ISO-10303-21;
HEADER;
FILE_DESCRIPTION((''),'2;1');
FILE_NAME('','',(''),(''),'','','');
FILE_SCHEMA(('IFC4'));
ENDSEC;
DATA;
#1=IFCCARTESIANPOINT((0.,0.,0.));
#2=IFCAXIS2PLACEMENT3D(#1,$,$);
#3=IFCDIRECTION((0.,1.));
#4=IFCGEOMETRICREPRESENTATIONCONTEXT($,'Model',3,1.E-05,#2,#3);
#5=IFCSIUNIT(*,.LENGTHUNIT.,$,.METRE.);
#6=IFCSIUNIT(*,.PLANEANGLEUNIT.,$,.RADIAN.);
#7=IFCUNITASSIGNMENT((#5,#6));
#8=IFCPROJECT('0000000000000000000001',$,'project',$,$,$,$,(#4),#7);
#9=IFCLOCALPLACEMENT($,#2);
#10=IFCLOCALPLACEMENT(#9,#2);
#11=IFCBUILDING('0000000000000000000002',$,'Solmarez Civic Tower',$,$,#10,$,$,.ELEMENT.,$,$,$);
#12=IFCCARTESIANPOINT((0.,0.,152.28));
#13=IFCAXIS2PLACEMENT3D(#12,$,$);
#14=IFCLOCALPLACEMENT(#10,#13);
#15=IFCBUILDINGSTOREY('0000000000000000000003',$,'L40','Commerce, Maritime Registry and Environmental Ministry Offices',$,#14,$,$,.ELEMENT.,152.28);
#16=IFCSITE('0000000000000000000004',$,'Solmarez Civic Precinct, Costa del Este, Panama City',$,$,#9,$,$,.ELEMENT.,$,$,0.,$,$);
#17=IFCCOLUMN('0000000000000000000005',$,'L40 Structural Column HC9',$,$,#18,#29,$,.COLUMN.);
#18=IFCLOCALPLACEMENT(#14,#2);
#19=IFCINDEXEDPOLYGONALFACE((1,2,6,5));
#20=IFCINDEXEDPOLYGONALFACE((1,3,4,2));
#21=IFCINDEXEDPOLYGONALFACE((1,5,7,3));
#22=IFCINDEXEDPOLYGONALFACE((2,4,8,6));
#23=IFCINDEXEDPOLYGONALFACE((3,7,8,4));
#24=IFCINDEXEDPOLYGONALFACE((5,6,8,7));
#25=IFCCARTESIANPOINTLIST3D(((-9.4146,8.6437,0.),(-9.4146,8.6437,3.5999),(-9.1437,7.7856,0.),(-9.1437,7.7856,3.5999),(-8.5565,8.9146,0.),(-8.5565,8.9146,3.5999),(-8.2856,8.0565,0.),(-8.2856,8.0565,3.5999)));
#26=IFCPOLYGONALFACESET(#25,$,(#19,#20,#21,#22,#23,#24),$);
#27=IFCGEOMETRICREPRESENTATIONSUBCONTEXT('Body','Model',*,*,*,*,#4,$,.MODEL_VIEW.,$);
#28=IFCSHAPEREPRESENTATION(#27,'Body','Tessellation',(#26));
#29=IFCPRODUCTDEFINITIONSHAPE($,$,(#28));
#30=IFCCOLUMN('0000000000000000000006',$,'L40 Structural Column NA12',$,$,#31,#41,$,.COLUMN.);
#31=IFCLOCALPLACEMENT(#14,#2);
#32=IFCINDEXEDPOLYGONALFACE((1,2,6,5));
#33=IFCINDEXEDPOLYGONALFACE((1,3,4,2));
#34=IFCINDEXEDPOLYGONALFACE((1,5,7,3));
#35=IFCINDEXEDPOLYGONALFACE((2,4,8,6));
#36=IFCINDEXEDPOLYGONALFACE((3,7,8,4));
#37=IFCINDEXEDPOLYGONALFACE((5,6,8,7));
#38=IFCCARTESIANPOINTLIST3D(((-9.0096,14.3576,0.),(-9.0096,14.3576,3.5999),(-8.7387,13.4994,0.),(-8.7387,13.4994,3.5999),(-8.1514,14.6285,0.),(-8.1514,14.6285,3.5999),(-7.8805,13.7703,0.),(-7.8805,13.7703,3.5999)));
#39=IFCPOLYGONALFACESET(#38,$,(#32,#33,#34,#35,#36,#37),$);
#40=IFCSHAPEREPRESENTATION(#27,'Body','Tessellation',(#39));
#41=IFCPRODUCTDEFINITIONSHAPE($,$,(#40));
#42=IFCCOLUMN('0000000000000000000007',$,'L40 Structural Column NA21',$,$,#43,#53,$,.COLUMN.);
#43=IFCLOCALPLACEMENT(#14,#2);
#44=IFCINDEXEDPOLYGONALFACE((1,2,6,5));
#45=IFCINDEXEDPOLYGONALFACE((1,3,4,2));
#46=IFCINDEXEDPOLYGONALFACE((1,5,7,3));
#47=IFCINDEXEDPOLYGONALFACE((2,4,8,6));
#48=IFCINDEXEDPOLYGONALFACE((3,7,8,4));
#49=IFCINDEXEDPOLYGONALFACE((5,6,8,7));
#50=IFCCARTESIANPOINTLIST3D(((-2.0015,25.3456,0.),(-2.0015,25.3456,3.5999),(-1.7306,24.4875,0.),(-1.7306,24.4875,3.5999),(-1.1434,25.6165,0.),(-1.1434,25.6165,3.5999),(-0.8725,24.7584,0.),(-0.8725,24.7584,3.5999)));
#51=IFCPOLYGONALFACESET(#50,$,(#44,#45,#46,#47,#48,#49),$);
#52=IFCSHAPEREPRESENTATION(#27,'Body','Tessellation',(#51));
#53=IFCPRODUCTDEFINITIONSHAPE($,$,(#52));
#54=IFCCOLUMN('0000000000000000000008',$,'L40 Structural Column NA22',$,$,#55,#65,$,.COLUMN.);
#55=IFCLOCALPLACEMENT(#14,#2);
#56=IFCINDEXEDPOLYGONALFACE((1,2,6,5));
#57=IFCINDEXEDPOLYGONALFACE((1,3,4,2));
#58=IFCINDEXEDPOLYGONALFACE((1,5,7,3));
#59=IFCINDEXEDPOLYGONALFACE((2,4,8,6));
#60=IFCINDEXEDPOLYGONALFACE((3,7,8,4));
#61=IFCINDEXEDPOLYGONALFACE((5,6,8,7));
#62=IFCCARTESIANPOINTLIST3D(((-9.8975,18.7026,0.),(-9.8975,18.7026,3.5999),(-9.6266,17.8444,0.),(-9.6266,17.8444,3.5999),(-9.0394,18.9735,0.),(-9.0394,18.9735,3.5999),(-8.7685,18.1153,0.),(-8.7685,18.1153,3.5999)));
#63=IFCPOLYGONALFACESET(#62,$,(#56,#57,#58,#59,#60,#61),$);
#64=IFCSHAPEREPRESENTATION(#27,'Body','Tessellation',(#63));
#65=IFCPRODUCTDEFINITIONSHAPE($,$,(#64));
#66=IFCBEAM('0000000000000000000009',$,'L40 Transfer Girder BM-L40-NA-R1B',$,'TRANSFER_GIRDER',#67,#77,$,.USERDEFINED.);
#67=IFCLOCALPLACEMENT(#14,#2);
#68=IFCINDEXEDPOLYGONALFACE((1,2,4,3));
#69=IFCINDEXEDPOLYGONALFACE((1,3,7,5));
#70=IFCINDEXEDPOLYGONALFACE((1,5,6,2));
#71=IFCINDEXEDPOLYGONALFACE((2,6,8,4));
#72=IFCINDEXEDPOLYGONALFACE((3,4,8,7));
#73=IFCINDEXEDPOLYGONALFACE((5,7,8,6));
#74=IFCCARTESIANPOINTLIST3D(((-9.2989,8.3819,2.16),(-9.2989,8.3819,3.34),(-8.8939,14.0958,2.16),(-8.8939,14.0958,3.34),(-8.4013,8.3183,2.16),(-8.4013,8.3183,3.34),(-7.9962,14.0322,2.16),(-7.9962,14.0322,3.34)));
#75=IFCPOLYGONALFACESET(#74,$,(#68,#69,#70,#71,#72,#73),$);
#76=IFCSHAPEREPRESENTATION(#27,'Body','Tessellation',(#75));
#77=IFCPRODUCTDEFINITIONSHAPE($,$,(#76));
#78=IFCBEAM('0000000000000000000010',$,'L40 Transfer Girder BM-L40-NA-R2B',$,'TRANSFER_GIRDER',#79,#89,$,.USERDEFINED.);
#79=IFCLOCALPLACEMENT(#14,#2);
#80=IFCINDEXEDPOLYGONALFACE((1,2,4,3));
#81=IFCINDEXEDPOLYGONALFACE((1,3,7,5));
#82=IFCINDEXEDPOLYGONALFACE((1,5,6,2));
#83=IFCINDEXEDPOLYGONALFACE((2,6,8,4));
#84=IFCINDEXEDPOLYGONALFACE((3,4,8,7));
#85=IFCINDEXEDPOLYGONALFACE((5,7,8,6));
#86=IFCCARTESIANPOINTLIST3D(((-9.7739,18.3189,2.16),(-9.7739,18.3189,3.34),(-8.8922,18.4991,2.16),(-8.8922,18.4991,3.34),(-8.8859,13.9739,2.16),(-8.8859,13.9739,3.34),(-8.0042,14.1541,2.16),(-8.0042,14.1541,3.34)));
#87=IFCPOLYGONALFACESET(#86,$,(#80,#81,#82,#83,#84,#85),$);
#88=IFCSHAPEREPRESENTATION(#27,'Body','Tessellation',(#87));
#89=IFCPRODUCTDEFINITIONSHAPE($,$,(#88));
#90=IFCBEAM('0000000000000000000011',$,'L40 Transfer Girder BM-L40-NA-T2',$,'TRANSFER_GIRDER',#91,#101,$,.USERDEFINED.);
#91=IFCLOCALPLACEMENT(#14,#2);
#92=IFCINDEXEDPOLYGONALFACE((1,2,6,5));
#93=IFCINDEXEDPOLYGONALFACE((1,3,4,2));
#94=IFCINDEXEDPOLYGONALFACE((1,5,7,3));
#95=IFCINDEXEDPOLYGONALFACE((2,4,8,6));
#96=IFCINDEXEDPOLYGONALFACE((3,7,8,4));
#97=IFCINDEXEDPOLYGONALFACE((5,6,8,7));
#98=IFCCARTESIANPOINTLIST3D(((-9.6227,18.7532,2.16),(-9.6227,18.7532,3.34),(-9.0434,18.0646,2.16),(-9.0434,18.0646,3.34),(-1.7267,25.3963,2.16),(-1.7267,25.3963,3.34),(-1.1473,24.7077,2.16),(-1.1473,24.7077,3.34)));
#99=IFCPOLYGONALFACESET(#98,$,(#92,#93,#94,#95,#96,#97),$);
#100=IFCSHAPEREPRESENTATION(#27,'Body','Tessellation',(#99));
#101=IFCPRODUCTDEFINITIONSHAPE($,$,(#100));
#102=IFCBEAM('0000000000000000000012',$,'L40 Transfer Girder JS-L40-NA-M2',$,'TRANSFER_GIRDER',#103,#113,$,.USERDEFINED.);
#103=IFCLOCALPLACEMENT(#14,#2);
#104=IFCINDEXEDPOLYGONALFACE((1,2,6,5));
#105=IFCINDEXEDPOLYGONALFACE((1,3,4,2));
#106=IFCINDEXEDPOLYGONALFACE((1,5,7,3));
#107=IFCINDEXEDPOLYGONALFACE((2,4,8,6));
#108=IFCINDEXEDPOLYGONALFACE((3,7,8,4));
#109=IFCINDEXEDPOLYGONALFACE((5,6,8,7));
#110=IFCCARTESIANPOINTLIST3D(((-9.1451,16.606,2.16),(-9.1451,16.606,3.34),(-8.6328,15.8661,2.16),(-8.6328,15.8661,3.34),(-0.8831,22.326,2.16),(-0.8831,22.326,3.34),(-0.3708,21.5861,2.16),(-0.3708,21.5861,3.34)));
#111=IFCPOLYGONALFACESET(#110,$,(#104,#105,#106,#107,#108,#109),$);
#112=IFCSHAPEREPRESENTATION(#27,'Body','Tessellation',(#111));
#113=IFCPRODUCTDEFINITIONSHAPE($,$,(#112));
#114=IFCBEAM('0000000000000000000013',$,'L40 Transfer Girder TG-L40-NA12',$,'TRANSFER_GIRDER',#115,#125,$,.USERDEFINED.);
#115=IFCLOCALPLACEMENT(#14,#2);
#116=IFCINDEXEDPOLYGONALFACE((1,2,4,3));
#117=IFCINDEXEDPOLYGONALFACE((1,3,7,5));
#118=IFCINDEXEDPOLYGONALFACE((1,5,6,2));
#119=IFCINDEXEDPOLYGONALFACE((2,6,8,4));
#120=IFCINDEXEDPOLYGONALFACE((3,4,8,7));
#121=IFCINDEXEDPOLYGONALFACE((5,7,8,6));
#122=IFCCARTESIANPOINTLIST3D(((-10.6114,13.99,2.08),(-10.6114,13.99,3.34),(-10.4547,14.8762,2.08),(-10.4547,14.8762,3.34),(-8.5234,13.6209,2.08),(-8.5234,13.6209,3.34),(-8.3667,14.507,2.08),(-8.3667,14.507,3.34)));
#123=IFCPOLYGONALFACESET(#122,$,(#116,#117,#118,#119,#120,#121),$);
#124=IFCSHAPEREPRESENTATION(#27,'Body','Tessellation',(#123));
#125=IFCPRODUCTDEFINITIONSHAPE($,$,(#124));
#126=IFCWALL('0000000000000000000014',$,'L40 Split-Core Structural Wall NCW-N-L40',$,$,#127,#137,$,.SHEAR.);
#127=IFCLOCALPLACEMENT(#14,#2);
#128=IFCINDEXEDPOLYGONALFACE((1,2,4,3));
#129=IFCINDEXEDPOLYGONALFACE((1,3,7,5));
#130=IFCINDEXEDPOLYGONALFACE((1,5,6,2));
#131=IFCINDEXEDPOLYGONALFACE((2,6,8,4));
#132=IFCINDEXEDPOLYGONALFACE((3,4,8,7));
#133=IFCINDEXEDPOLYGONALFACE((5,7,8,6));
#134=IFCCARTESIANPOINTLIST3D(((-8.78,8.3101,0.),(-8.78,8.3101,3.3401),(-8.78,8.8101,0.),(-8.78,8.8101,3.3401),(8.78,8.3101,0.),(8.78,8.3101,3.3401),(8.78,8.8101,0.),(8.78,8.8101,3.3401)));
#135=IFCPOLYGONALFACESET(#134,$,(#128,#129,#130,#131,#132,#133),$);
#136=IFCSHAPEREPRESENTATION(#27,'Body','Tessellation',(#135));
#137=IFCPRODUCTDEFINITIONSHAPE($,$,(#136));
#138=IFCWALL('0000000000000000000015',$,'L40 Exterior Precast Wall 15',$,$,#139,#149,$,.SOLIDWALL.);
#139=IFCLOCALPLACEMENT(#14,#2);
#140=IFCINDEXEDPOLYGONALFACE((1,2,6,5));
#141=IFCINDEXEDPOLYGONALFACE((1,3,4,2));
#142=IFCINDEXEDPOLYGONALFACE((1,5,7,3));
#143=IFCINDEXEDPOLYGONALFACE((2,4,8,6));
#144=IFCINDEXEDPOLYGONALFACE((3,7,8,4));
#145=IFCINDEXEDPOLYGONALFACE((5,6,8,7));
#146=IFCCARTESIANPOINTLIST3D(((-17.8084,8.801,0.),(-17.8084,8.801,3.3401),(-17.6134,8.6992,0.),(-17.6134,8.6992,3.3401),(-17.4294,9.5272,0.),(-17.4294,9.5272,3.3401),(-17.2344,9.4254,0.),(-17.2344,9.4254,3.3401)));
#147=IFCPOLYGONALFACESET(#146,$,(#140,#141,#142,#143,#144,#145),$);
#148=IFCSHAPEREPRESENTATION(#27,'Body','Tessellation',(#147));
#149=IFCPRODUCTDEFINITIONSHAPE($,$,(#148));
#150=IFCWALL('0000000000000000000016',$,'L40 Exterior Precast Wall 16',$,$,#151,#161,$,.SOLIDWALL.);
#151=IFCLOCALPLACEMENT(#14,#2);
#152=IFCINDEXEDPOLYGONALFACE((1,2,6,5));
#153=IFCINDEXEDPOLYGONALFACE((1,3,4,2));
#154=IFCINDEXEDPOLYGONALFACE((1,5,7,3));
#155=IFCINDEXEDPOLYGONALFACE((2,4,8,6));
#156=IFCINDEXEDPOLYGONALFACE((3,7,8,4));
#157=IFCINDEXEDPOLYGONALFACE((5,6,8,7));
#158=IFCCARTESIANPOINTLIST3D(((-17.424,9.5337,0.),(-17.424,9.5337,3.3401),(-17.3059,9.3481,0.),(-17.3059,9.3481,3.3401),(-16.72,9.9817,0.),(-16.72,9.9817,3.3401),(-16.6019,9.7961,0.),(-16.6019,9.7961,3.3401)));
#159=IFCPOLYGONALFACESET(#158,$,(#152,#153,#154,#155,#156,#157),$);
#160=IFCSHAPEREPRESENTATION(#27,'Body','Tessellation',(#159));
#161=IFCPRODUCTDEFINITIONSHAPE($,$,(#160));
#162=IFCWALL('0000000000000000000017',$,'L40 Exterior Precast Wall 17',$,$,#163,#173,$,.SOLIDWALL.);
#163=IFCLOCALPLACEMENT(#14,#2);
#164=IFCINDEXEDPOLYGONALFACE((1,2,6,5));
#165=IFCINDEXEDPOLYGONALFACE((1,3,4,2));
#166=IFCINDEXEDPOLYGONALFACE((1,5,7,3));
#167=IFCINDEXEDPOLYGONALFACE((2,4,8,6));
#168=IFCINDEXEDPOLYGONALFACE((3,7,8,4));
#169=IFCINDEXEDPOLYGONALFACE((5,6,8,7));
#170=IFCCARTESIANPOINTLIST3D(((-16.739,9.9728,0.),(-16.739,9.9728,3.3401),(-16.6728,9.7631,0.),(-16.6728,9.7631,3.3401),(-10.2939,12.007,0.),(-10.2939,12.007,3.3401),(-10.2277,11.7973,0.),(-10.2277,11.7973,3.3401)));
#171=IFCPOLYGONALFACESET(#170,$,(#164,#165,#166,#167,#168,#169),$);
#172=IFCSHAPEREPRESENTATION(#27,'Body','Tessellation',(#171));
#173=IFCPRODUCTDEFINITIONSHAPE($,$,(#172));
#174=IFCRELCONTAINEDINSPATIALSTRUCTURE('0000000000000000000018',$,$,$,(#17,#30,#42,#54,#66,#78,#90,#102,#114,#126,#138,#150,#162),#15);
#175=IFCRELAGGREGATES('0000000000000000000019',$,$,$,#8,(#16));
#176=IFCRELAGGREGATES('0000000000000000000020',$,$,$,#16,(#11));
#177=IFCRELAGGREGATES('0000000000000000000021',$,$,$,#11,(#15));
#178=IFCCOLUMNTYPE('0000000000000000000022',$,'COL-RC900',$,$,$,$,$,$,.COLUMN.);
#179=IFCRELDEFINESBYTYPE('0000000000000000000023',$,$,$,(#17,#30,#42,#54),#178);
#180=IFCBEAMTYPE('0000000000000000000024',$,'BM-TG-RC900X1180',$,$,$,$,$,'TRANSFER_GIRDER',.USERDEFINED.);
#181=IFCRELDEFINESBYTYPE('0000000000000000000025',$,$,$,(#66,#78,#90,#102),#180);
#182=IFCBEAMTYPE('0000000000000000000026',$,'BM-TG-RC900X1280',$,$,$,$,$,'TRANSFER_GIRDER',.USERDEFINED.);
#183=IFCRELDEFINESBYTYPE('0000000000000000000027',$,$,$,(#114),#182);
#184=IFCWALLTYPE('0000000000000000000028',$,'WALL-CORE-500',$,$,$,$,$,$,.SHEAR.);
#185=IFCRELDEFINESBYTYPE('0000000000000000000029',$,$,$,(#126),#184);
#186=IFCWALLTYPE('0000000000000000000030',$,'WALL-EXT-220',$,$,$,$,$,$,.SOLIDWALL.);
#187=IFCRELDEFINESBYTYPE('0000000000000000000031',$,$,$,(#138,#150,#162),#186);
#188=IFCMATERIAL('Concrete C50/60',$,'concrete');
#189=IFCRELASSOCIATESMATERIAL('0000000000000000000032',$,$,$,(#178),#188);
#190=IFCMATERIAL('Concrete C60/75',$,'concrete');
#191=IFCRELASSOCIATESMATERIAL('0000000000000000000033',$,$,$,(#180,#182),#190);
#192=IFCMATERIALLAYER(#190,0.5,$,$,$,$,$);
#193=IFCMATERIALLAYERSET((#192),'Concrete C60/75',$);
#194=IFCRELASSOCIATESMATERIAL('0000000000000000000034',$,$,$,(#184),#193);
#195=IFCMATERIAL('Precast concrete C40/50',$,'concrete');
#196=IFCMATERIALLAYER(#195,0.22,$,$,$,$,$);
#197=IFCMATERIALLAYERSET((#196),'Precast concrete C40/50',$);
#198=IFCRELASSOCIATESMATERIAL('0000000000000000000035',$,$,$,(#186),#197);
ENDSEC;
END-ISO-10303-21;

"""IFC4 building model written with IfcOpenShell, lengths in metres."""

from ifc_helpers import new_model, si_unit, direction, frame, frame_2d, origin, origin_2d, place, context, subcontext, project, spatial, rectangle, extrude, material, layer, layer_set, material_profile, profile_set, type_object, element, save


model = new_model("IFC4")

# Units and contexts
model_context = context("Model", 3, precision=1e-05, world=origin(), true_north=direction((0.0, 1.0)))
body_context = subcontext(model_context, "Body", "Model", "MODEL_VIEW")
ifc_project = project(units=[si_unit("LENGTHUNIT", "METRE"), si_unit("PLANEANGLEUNIT", "RADIAN")], contexts=[model_context])

# Site, building, storey
site_placement = place(None, origin())
site = spatial("IfcSite", under=ifc_project, at=site_placement, Name="Solmarez Civic Precinct, Costa del Este, Panama City", CompositionType="ELEMENT", RefElevation=0.0)
building_placement = place(site_placement, origin())
building = spatial("IfcBuilding", under=site, at=building_placement, Name="Solmarez Civic Tower", CompositionType="ELEMENT")
storey_placement = place(building_placement, frame((0.0, 0.0, 152.28)))
storey = spatial("IfcBuildingStorey", under=building, at=storey_placement, Name="L40", Description="Commerce, Maritime Registry and Environmental Ministry Offices", CompositionType="ELEMENT", Elevation=152.28)

# Columns
ifc_material_1 = material(Name="Concrete C50/60", Category="concrete")
ifc_material_profile_1 = material_profile(ifc_material_1, rectangle(XDim=0.8999, YDim=0.8999, at=origin_2d()), Name="RC900X900")
ifc_profile_set_1 = profile_set([ifc_material_profile_1], Name="Concrete C50/60")
column_type = type_object("IfcColumnType", Name="COL-RC900", PredefinedType="COLUMN", material=ifc_profile_set_1)
for number, where, z_axis, x_axis, name in (
    (1, (-8.8501, 8.3501, 0.0), (0.0, 0.0, 1.0), (0.953612, 0.301039, 0.0), "L40 Structural Column HC9"),
    (2, (-8.4451, 14.064, 0.0), (0.0, 0.0, 1.0), (0.953612, 0.301039, 0.0), "L40 Structural Column NA12"),
    (3, (-1.437, 25.052, 0.0), (0.0, 0.0, 1.0), (0.953612, 0.301039, 0.0), "L40 Structural Column NA21"),
    (4, (-9.333, 18.4089, 0.0), (0.0, 0.0, 1.0), (0.953612, 0.301039, 0.0), "L40 Structural Column NA22"),
):
    element("IfcColumn", number, at=place(storey_placement, frame(where, z_axis=z_axis, x_axis=x_axis)), inside=storey, type_object=column_type, Name=name, PredefinedType="COLUMN", context=body_context, shape_type="SweptSolid", body=[
        extrude(rectangle(XDim=0.8999, YDim=0.8999, at=origin_2d()), origin(), (0.0, 0.0, 1.0), 3.5999),
    ])

# Beams
ifc_material_2 = material(Name="Concrete C60/75", Category="concrete")
ifc_material_profile_2 = material_profile(ifc_material_2, rectangle(XDim=0.8999, YDim=1.1799, at=origin_2d()), Name="RC900X1180")
ifc_profile_set_2 = profile_set([ifc_material_profile_2], Name="Concrete C60/75")
beam_type_1 = type_object("IfcBeamType", Name="BM-TG-RC900X1180", ElementType="TRANSFER_GIRDER", PredefinedType="USERDEFINED", material=ifc_profile_set_2)
beam_1_placement = place(storey_placement, frame((-8.8501, 8.3501, 2.75), z_axis=(0.070708, 0.997497, 0.0), x_axis=(-0.997497, 0.070708, 0.0)))
element("IfcBeam", 5, at=beam_1_placement, inside=storey, type_object=beam_type_1, Name="L40 Transfer Girder BM-L40-NA-R1B", ObjectType="TRANSFER_GIRDER", PredefinedType="USERDEFINED", context=body_context, shape_type="SweptSolid", body=[
    extrude(rectangle(XDim=0.8999, YDim=1.1799, at=origin_2d()), origin(), (0.0, 0.0, 1.0), 5.7283),
])
beam_2_placement = place(storey_placement, frame((-8.4451, 14.064, 2.75), z_axis=(-0.200222, 0.979751, 0.0), x_axis=(-0.979751, -0.200222, 0.0)))
element("IfcBeam", 6, at=beam_2_placement, inside=storey, type_object=beam_type_1, Name="L40 Transfer Girder BM-L40-NA-R2B", ObjectType="TRANSFER_GIRDER", PredefinedType="USERDEFINED", context=body_context, shape_type="SweptSolid", body=[
    extrude(rectangle(XDim=0.8999, YDim=1.1799, at=origin_2d()), origin(), (0.0, 0.0, 1.0), 4.4348),
])
beam_3_placement = place(storey_placement, frame((-1.437, 25.052, 2.75), z_axis=(-0.765207, -0.643784, 0.0), x_axis=(0.643784, -0.765207, 0.0)))
element("IfcBeam", 7, at=beam_3_placement, inside=storey, type_object=beam_type_1, Name="L40 Transfer Girder BM-L40-NA-T2", ObjectType="TRANSFER_GIRDER", PredefinedType="USERDEFINED", context=body_context, shape_type="SweptSolid", body=[
    extrude(rectangle(XDim=0.8999, YDim=1.1799, at=origin_2d()), origin(), (0.0, 0.0, 1.0), 10.3188),
])
beam_4_placement = place(storey_placement, frame((-0.627, 21.9561, 2.75), z_axis=(-0.822185, -0.56922, 0.0), x_axis=(0.56922, -0.822185, 0.0)))
element("IfcBeam", 8, at=beam_4_placement, inside=storey, type_object=beam_type_1, Name="L40 Transfer Girder JS-L40-NA-M2", ObjectType="TRANSFER_GIRDER", PredefinedType="USERDEFINED", context=body_context, shape_type="SweptSolid", body=[
    extrude(rectangle(XDim=0.8999, YDim=1.1799, at=origin_2d()), origin(), (0.0, 0.0, 1.0), 10.0488),
])
ifc_material_profile_3 = material_profile(ifc_material_2, rectangle(XDim=0.8999, YDim=1.26, at=origin_2d()), Name="RC900X1280")
ifc_profile_set_3 = profile_set([ifc_material_profile_3], Name="Concrete C60/75")
beam_type_2 = type_object("IfcBeamType", Name="BM-TG-RC900X1280", ElementType="TRANSFER_GIRDER", PredefinedType="USERDEFINED", material=ifc_profile_set_3)
beam_5_placement = place(storey_placement, frame((-8.4451, 14.064, 2.71), z_axis=(-0.984728, 0.174101, 0.0), x_axis=(-0.174101, -0.984728, 0.0)))
element("IfcBeam", 9, at=beam_5_placement, inside=storey, type_object=beam_type_2, Name="L40 Transfer Girder TG-L40-NA12", ObjectType="TRANSFER_GIRDER", PredefinedType="USERDEFINED", context=body_context, shape_type="SweptSolid", body=[
    extrude(rectangle(XDim=0.8999, YDim=1.26, at=origin_2d()), origin(), (0.0, 0.0, 1.0), 2.1204),
])

# Walls
ifc_layer_1 = layer(ifc_material_2, 0.5)
ifc_layer_set_1 = layer_set([ifc_layer_1], Name="Concrete C60/75")
wall_type_1 = type_object("IfcWallType", Name="WALL-CORE-500", PredefinedType="SHEAR", material=ifc_layer_set_1)
wall_1_placement = place(storey_placement, frame((-8.78, 8.5601, 0.0), z_axis=(0.0, 0.0, 1.0), x_axis=(1.0, 0.0, 0.0)))
element("IfcWall", 10, at=wall_1_placement, inside=storey, type_object=wall_type_1, Name="L40 Split-Core Structural Wall NCW-N-L40", PredefinedType="SHEAR", context=body_context, shape_type="SweptSolid", body=[
    extrude(rectangle(XDim=17.5601, YDim=0.5, at=frame_2d((8.78, 0.0))), origin(), (0.0, 0.0, 1.0), 3.3401),
])
ifc_material_3 = material(Name="Precast concrete C40/50", Category="concrete")
ifc_layer_2 = layer(ifc_material_3, 0.22)
ifc_layer_set_2 = layer_set([ifc_layer_2], Name="Precast concrete C40/50")
wall_type_2 = type_object("IfcWallType", Name="WALL-EXT-220", PredefinedType="SOLIDWALL", material=ifc_layer_set_2)
wall_2_placement = place(storey_placement, frame((-17.7109, 8.75, 0.0), z_axis=(0.0, 0.0, 1.0), x_axis=(0.462648, 0.886542, 0.0)))
element("IfcWall", 11, at=wall_2_placement, inside=storey, type_object=wall_type_2, Name="L40 Exterior Precast Wall 15", PredefinedType="SOLIDWALL", context=body_context, shape_type="SweptSolid", body=[
    extrude(rectangle(XDim=0.8191, YDim=0.22, at=frame_2d((0.4097, 0.0))), origin(), (0.0, 0.0, 1.0), 3.3401),
])
wall_3_placement = place(storey_placement, frame((-17.365, 9.4409, 0.0), z_axis=(0.0, 0.0, 1.0), x_axis=(0.843698, 0.536819, 0.0)))
element("IfcWall", 12, at=wall_3_placement, inside=storey, type_object=wall_type_2, Name="L40 Exterior Precast Wall 16", PredefinedType="SOLIDWALL", context=body_context, shape_type="SweptSolid", body=[
    extrude(rectangle(XDim=0.8345, YDim=0.22, at=frame_2d((0.4172, 0.0))), origin(), (0.0, 0.0, 1.0), 3.3401),
])
wall_4_placement = place(storey_placement, frame((-16.7061, 9.8679, 0.0), z_axis=(0.0, 0.0, 1.0), x_axis=(0.95363, 0.300983, 0.0)))
element("IfcWall", 13, at=wall_4_placement, inside=storey, type_object=wall_type_2, Name="L40 Exterior Precast Wall 17", PredefinedType="SOLIDWALL", context=body_context, shape_type="SweptSolid", body=[
    extrude(rectangle(XDim=6.7585, YDim=0.22, at=frame_2d((3.3794, 0.0))), origin(), (0.0, 0.0, 1.0), 3.3401),
])

save(model, "model.ifc")
